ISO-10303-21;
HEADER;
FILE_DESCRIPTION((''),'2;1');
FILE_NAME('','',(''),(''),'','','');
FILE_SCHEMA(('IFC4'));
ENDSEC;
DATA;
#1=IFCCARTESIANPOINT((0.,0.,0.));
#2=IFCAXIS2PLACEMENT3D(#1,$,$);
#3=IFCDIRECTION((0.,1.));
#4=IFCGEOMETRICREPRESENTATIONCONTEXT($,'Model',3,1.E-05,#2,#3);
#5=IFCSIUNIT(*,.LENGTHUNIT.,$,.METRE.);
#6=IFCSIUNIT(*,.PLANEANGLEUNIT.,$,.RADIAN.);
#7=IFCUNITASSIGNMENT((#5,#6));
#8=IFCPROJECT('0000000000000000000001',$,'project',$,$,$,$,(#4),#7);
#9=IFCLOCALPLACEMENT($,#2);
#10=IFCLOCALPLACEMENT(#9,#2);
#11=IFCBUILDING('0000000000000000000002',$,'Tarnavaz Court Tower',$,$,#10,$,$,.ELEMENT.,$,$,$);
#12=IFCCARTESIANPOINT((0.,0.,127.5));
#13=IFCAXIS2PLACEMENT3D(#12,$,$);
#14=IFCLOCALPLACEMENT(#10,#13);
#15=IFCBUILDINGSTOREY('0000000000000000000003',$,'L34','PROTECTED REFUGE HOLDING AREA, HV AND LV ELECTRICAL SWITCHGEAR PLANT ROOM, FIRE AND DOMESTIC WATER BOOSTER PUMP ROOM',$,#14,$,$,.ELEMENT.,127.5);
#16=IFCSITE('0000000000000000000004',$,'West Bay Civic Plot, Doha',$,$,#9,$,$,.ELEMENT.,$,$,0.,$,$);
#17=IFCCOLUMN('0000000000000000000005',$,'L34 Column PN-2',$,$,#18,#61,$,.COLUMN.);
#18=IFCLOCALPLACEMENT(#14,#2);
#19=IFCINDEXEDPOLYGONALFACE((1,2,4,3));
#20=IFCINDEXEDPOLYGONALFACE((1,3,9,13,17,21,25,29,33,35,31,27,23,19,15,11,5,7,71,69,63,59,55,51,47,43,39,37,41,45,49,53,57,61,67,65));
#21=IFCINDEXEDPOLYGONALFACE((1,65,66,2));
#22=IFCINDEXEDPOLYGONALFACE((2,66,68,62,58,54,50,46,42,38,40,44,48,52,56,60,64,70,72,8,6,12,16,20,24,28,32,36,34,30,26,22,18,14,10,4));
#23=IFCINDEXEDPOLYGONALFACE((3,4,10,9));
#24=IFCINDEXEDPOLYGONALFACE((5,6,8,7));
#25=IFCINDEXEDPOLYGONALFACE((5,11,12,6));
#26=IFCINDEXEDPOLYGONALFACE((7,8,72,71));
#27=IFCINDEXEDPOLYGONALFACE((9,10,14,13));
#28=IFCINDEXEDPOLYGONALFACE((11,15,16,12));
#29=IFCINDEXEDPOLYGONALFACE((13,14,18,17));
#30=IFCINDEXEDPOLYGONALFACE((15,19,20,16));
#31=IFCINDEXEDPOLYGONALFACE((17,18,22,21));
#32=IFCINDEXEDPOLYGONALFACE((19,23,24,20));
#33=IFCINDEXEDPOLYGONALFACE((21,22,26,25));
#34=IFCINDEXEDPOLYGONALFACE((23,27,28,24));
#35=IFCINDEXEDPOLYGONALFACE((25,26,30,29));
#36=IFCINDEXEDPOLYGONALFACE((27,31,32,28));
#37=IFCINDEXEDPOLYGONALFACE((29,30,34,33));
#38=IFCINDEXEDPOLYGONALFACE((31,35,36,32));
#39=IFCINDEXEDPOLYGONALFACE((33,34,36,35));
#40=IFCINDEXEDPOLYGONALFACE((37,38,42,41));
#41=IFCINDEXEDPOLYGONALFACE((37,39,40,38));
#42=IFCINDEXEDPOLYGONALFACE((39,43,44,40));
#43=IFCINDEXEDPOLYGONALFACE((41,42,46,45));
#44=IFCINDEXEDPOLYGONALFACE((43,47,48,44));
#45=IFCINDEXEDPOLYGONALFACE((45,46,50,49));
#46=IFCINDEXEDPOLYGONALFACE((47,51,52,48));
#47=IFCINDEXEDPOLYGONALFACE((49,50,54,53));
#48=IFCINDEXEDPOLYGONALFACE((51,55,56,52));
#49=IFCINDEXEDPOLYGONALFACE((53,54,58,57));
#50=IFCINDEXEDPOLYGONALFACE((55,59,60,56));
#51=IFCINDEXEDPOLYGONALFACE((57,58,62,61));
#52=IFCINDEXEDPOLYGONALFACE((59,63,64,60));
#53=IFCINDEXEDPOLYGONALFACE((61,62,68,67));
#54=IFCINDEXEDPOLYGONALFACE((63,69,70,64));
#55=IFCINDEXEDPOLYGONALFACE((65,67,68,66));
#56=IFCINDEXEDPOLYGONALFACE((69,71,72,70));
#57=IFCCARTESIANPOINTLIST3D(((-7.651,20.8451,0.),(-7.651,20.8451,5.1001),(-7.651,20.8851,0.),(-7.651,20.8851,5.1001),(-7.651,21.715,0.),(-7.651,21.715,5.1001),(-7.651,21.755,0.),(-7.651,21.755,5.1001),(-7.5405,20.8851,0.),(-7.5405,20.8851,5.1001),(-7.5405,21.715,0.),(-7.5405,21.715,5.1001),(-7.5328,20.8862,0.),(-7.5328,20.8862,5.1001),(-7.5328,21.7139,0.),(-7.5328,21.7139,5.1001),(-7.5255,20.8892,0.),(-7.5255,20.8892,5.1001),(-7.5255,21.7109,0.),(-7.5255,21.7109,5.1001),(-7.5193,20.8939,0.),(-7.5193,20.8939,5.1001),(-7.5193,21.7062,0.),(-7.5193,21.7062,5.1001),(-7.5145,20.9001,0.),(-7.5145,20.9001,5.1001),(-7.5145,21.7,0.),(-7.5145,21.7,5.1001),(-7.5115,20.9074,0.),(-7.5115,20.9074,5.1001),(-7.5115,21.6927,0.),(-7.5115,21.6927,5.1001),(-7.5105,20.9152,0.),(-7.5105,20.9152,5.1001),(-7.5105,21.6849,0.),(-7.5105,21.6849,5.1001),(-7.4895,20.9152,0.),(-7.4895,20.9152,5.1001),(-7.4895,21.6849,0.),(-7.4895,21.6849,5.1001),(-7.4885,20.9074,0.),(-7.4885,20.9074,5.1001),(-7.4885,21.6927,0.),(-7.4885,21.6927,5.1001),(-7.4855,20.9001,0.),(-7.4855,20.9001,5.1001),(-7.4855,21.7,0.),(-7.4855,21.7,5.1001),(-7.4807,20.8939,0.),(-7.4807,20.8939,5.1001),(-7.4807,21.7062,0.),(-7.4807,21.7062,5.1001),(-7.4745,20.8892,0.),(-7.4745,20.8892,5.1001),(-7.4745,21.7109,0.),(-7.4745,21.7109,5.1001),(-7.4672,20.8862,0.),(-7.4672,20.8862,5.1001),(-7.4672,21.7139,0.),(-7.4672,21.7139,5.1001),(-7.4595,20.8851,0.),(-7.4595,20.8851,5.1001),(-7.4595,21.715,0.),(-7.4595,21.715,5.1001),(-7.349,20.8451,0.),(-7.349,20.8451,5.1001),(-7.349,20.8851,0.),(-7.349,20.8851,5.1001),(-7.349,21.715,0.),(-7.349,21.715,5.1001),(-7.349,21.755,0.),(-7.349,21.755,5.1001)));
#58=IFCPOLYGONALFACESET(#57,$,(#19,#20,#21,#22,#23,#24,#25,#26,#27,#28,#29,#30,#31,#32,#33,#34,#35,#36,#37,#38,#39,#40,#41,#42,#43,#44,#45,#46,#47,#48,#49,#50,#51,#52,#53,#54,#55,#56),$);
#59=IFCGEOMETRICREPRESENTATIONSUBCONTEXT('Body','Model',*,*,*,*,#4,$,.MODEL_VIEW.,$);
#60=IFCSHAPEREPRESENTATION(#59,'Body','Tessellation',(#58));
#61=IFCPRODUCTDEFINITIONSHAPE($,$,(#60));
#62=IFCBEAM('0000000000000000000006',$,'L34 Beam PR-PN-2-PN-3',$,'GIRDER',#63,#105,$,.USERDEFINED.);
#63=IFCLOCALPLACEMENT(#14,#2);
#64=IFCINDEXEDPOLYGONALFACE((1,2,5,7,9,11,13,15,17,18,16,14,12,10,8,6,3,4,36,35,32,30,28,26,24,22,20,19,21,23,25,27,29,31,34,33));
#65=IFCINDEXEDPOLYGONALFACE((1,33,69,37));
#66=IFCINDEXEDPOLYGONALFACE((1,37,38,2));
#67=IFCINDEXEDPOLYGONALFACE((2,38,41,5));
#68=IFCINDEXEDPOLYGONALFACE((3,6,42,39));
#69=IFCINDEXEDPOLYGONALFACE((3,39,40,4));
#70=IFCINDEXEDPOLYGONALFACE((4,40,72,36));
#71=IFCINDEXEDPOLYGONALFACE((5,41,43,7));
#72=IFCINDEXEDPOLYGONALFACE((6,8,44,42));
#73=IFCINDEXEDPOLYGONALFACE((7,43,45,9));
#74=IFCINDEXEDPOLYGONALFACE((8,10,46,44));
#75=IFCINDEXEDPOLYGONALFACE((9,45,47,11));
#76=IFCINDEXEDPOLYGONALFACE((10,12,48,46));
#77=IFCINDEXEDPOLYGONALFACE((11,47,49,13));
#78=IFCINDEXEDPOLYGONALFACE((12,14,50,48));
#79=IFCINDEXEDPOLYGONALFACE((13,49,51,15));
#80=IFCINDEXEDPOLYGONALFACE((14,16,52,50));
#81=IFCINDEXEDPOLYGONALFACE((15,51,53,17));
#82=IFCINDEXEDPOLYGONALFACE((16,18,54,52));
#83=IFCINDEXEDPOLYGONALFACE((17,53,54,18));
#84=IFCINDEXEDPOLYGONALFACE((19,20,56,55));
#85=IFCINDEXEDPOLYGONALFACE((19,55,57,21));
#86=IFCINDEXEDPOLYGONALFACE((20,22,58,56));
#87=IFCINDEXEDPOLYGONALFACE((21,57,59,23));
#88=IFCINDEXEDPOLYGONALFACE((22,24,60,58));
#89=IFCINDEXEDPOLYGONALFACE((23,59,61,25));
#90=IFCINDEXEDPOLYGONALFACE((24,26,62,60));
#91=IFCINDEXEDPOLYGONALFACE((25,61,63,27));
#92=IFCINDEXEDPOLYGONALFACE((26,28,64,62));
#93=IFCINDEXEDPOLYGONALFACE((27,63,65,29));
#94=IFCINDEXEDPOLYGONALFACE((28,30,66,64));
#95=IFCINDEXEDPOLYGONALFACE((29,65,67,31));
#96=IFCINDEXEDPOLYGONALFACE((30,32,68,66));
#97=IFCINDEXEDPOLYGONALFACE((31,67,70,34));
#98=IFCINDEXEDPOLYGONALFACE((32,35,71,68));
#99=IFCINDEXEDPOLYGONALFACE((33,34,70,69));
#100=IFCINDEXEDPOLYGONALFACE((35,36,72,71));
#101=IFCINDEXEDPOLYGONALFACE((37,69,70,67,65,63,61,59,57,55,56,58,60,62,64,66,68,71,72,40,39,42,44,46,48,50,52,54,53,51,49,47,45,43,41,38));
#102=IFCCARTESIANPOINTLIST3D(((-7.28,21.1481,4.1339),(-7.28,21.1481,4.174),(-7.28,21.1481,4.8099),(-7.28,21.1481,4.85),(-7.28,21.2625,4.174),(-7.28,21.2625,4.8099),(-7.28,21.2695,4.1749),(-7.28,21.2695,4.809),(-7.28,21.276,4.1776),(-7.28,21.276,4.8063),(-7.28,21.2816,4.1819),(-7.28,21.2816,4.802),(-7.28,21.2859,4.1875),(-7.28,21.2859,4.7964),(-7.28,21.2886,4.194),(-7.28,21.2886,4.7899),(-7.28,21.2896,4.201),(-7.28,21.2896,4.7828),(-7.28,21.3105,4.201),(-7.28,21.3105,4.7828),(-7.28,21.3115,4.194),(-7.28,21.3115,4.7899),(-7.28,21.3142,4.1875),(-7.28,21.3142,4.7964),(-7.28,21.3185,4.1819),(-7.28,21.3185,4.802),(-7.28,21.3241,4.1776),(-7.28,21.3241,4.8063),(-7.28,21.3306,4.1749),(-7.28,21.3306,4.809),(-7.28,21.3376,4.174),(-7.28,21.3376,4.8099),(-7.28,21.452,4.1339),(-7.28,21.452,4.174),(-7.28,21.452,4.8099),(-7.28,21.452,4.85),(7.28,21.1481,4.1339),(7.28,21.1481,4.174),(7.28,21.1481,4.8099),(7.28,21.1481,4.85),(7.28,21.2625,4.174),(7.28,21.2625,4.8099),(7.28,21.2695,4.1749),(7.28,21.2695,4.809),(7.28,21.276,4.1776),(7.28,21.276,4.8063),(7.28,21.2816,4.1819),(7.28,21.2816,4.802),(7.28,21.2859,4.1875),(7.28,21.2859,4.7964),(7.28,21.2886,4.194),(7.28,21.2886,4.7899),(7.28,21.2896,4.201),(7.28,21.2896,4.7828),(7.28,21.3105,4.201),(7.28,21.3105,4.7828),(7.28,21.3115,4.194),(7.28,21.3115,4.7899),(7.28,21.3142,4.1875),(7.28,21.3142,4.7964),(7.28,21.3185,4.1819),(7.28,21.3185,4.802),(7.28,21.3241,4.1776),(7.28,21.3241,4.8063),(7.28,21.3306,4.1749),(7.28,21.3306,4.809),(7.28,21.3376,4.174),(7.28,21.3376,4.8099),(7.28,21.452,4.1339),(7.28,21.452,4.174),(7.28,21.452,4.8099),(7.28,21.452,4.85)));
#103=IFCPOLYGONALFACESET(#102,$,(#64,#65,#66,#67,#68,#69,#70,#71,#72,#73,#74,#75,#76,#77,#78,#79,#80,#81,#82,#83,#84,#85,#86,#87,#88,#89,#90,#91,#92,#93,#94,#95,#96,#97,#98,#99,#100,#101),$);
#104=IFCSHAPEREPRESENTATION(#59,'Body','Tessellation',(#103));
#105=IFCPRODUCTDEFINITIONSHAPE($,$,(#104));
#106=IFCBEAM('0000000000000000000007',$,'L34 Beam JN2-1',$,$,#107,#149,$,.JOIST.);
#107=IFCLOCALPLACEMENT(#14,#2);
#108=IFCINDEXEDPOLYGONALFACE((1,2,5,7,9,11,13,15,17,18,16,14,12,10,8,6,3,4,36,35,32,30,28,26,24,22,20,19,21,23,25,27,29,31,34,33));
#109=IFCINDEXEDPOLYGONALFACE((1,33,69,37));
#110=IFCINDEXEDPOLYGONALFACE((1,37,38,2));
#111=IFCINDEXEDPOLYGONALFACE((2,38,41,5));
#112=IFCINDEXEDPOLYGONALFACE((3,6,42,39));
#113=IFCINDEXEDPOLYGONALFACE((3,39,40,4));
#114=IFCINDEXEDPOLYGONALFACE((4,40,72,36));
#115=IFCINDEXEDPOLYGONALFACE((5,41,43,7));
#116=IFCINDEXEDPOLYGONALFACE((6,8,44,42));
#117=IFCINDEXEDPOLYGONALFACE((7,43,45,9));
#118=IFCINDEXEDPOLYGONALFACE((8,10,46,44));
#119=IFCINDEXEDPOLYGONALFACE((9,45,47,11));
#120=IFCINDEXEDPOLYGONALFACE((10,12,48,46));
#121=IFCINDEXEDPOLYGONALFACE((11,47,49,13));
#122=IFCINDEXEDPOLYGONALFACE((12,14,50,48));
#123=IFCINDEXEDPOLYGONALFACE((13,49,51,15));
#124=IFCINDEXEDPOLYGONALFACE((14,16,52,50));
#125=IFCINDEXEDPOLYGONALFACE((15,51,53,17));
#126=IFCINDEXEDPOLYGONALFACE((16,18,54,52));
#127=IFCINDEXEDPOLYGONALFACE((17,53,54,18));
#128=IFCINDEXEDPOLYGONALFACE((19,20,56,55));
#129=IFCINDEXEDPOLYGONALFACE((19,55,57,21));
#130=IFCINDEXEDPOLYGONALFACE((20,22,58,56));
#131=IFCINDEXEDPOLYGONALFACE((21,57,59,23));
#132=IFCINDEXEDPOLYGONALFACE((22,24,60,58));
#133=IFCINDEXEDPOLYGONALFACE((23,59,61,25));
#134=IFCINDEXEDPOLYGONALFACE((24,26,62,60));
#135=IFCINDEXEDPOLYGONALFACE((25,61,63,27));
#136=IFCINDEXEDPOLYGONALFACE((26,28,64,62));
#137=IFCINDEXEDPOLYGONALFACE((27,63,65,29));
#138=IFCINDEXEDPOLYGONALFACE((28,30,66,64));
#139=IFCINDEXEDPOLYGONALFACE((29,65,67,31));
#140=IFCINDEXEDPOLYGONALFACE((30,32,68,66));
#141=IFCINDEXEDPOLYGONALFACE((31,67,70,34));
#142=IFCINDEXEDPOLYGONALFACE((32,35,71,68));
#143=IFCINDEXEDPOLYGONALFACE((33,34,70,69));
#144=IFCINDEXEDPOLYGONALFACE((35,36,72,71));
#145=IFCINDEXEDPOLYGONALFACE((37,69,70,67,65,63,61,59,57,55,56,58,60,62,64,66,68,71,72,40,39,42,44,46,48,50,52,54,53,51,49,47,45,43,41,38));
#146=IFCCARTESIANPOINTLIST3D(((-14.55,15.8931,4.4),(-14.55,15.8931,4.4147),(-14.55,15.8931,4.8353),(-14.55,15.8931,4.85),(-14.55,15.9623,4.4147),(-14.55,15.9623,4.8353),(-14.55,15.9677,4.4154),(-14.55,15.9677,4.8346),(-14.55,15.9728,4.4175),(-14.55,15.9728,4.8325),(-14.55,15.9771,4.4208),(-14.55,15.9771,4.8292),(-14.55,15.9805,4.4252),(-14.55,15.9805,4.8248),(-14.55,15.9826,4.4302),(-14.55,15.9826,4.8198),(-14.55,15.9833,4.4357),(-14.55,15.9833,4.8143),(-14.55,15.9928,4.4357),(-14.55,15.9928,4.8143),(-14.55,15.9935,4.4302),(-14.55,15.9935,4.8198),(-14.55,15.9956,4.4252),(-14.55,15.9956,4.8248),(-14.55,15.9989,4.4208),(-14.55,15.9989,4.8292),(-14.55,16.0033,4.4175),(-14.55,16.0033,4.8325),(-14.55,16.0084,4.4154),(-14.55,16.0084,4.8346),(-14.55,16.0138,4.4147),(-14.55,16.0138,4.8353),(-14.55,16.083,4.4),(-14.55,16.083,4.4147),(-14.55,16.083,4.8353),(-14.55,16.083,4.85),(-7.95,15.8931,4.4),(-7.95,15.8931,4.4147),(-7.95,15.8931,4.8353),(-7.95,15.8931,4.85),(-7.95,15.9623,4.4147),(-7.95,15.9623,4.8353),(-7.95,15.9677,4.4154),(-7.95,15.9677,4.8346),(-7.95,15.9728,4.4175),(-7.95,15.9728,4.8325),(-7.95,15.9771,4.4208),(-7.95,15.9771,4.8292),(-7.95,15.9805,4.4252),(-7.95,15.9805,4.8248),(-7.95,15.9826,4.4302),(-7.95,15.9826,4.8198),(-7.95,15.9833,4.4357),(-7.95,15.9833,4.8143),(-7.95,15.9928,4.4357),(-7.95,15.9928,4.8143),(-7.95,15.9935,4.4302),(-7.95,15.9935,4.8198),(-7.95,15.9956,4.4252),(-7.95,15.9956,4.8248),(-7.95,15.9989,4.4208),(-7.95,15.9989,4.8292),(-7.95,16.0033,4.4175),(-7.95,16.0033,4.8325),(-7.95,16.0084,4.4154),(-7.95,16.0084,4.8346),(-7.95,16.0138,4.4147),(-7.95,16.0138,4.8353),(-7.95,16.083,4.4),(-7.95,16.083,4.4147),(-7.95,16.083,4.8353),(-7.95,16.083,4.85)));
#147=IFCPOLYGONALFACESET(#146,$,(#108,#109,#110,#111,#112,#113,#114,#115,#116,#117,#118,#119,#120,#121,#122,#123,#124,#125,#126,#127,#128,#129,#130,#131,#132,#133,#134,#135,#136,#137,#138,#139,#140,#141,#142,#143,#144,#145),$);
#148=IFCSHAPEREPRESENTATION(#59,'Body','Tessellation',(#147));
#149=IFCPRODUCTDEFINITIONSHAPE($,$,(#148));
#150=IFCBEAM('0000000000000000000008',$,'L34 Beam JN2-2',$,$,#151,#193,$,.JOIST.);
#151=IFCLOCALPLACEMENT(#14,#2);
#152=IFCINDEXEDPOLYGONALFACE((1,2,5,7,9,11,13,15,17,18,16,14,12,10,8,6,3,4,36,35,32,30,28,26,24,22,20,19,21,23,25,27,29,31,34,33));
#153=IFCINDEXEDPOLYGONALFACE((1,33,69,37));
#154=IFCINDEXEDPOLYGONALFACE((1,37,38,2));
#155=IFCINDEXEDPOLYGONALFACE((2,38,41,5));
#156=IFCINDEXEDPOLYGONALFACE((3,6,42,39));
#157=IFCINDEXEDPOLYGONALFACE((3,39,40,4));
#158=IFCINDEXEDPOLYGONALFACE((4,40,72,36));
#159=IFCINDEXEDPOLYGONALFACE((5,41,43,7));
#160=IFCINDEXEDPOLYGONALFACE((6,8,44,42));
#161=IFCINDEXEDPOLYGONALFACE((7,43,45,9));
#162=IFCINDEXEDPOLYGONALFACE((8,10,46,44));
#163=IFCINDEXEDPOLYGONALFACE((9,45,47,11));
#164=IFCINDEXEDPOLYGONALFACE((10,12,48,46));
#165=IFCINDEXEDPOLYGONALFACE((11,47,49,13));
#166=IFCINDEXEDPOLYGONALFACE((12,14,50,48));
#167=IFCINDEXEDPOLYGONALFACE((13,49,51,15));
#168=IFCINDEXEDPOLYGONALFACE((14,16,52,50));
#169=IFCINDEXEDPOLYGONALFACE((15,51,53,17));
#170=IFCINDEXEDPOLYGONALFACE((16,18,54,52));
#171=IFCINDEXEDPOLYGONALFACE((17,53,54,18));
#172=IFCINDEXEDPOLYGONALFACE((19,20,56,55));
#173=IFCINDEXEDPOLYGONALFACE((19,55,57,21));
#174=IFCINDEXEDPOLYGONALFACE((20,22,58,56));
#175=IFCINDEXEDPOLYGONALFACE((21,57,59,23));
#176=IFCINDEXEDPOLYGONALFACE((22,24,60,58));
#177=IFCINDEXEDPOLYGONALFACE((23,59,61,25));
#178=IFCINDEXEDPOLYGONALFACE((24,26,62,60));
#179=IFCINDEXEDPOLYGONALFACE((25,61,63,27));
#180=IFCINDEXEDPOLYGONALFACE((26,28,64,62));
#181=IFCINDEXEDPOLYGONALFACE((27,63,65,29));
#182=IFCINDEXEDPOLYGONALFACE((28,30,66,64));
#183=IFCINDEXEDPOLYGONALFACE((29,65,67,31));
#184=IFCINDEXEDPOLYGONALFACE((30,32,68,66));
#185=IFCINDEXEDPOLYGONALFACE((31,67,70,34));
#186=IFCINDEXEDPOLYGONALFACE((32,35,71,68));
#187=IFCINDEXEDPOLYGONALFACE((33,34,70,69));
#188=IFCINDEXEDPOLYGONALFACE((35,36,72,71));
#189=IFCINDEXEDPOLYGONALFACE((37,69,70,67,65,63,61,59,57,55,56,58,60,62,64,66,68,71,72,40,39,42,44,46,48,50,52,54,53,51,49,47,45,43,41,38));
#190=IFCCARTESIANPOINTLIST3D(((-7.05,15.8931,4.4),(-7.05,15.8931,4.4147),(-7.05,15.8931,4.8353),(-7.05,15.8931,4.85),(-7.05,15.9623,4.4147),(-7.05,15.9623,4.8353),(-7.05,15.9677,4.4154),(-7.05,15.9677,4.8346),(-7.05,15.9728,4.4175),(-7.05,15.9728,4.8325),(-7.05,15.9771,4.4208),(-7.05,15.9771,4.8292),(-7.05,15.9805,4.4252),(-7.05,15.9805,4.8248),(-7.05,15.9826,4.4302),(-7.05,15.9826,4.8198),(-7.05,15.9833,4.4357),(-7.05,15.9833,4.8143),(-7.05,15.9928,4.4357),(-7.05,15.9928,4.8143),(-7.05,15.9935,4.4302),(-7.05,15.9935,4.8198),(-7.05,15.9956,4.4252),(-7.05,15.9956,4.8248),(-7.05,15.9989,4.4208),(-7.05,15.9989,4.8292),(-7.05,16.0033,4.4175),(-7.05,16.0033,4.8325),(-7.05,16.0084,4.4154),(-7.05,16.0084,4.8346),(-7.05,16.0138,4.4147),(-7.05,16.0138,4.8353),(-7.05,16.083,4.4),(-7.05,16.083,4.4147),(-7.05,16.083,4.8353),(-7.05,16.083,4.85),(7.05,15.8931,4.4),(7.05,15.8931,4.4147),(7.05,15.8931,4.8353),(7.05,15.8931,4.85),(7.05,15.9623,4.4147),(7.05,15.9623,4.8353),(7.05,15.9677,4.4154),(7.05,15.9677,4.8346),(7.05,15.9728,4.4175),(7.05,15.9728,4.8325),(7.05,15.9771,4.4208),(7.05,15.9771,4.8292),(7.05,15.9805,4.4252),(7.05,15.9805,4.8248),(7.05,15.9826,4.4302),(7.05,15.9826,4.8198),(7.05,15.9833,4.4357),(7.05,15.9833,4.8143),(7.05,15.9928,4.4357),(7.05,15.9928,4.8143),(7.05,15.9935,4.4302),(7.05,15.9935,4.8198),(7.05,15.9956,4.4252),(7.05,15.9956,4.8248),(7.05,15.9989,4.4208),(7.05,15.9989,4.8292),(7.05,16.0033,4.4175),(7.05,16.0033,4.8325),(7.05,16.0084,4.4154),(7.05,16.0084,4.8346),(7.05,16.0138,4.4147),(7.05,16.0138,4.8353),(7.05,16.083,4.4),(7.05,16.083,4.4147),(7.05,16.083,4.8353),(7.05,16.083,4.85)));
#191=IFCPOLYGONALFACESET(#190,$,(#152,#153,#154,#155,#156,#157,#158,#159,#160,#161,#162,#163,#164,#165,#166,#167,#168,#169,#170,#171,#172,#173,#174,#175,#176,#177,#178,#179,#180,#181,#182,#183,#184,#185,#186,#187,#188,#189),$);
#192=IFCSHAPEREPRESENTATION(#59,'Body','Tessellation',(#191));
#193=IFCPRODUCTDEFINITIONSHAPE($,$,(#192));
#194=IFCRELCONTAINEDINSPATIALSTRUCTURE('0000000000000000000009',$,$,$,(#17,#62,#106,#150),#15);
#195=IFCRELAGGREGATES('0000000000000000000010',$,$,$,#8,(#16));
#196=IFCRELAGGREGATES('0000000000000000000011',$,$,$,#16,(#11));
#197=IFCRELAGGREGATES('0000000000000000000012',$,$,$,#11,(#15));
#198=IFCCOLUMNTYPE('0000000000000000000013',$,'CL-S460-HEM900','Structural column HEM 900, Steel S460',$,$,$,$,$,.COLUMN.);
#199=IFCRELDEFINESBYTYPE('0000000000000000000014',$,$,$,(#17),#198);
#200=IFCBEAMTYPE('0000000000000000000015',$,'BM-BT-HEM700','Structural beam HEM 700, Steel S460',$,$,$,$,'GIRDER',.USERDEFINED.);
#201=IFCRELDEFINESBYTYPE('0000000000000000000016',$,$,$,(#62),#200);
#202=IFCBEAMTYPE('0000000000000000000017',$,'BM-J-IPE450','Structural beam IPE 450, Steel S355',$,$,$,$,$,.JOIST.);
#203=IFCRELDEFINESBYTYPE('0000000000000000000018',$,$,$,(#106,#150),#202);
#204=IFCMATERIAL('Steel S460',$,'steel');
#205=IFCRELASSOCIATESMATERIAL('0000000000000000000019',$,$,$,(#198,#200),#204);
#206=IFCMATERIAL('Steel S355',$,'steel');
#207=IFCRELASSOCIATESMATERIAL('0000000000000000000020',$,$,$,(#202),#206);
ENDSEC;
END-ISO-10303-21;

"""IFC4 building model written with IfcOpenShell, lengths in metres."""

from ifc_helpers import new_model, si_unit, direction, frame, origin, origin_2d, place, context, subcontext, project, spatial, i_section, extrude, material, material_profile, profile_set, type_object, element, save


model = new_model("IFC4")

# Units and contexts
model_context = context("Model", 3, precision=1e-05, world=origin(), true_north=direction((0.0, 1.0)))
body_context = subcontext(model_context, "Body", "Model", "MODEL_VIEW")
ifc_project = project(units=[si_unit("LENGTHUNIT", "METRE"), si_unit("PLANEANGLEUNIT", "RADIAN")], contexts=[model_context])

# Site, building, storey
site_placement = place(None, origin())
site = spatial("IfcSite", under=ifc_project, at=site_placement, Name="West Bay Civic Plot, Doha", CompositionType="ELEMENT", RefElevation=0.0)
building_placement = place(site_placement, origin())
building = spatial("IfcBuilding", under=site, at=building_placement, Name="Tarnavaz Court Tower", CompositionType="ELEMENT")
storey_placement = place(building_placement, frame((0.0, 0.0, 127.5)))
storey = spatial("IfcBuildingStorey", under=building, at=storey_placement, Name="L34", Description="PROTECTED REFUGE HOLDING AREA, HV AND LV ELECTRICAL SWITCHGEAR PLANT ROOM, FIRE AND DOMESTIC WATER BOOSTER PUMP ROOM", CompositionType="ELEMENT", Elevation=127.5)

# Column
ifc_material_1 = material(Name="Steel S460", Category="steel")
ifc_material_profile_1 = material_profile(ifc_material_1, i_section(OverallWidth=0.302, OverallDepth=0.9099, WebThickness=0.021, FlangeThickness=0.04, FilletRadius=0.03, at=origin_2d()), Name="HEM 900")
ifc_profile_set_1 = profile_set([ifc_material_profile_1], Name="Steel S460")
column_type = type_object("IfcColumnType", Name="CL-S460-HEM900", Description="Structural column HEM 900, Steel S460", PredefinedType="COLUMN", material=ifc_profile_set_1)
column_placement = place(storey_placement, frame((-7.5, 21.3, 0.0), z_axis=(0.0, 0.0, 1.0), x_axis=(1.0, 0.0, 0.0)))
element("IfcColumn", 1, at=column_placement, inside=storey, type_object=column_type, Name="L34 Column PN-2", PredefinedType="COLUMN", context=body_context, shape_type="SweptSolid", body=[
    extrude(i_section(OverallWidth=0.302, OverallDepth=0.9099, WebThickness=0.021, FlangeThickness=0.04, FilletRadius=0.03, at=origin_2d()), origin(), (0.0, 0.0, 1.0), 5.1001),
])

# Beams
ifc_material_profile_2 = material_profile(ifc_material_1, i_section(OverallWidth=0.304, OverallDepth=0.7161, WebThickness=0.021, FlangeThickness=0.04, FilletRadius=0.0271, at=origin_2d()), Name="HEM 700")
ifc_profile_set_2 = profile_set([ifc_material_profile_2], Name="Steel S460")
beam_type_1 = type_object("IfcBeamType", Name="BM-BT-HEM700", Description="Structural beam HEM 700, Steel S460", ElementType="GIRDER", PredefinedType="USERDEFINED", material=ifc_profile_set_2)
beam_1_placement = place(storey_placement, frame((-7.28, 21.3, 4.4919), z_axis=(1.0, 0.0, 0.0), x_axis=(0.0, 1.0, 0.0)))
element("IfcBeam", 2, at=beam_1_placement, inside=storey, type_object=beam_type_1, Name="L34 Beam PR-PN-2-PN-3", ObjectType="GIRDER", PredefinedType="USERDEFINED", context=body_context, shape_type="SweptSolid", body=[
    extrude(i_section(OverallWidth=0.304, OverallDepth=0.7161, WebThickness=0.021, FlangeThickness=0.04, FilletRadius=0.0271, at=origin_2d()), origin(), (0.0, 0.0, 1.0), 14.5601),
])
ifc_material_2 = material(Name="Steel S355", Category="steel")
ifc_material_profile_3 = material_profile(ifc_material_2, i_section(OverallWidth=0.1899, OverallDepth=0.45, WebThickness=0.0095, FlangeThickness=0.0146, FilletRadius=0.021, at=origin_2d()), Name="IPE 450")
ifc_profile_set_3 = profile_set([ifc_material_profile_3], Name="Steel S355")
beam_type_2 = type_object("IfcBeamType", Name="BM-J-IPE450", Description="Structural beam IPE 450, Steel S355", PredefinedType="JOIST", material=ifc_profile_set_3)
beam_2_placement = place(storey_placement, frame((-14.55, 15.988, 4.625), z_axis=(1.0, 0.0, 0.0), x_axis=(0.0, 1.0, 0.0)))
element("IfcBeam", 3, at=beam_2_placement, inside=storey, type_object=beam_type_2, Name="L34 Beam JN2-1", PredefinedType="JOIST", context=body_context, shape_type="SweptSolid", body=[
    extrude(i_section(OverallWidth=0.1899, OverallDepth=0.45, WebThickness=0.0095, FlangeThickness=0.0146, FilletRadius=0.021, at=origin_2d()), origin(), (0.0, 0.0, 1.0), 6.6001),
])
beam_3_placement = place(storey_placement, frame((-7.05, 15.988, 4.625), z_axis=(1.0, 0.0, 0.0), x_axis=(0.0, 1.0, 0.0)))
element("IfcBeam", 4, at=beam_3_placement, inside=storey, type_object=beam_type_2, Name="L34 Beam JN2-2", PredefinedType="JOIST", context=body_context, shape_type="SweptSolid", body=[
    extrude(i_section(OverallWidth=0.1899, OverallDepth=0.45, WebThickness=0.0095, FlangeThickness=0.0146, FilletRadius=0.021, at=origin_2d()), origin(), (0.0, 0.0, 1.0), 14.1001),
])

save(model, "model.ifc")
